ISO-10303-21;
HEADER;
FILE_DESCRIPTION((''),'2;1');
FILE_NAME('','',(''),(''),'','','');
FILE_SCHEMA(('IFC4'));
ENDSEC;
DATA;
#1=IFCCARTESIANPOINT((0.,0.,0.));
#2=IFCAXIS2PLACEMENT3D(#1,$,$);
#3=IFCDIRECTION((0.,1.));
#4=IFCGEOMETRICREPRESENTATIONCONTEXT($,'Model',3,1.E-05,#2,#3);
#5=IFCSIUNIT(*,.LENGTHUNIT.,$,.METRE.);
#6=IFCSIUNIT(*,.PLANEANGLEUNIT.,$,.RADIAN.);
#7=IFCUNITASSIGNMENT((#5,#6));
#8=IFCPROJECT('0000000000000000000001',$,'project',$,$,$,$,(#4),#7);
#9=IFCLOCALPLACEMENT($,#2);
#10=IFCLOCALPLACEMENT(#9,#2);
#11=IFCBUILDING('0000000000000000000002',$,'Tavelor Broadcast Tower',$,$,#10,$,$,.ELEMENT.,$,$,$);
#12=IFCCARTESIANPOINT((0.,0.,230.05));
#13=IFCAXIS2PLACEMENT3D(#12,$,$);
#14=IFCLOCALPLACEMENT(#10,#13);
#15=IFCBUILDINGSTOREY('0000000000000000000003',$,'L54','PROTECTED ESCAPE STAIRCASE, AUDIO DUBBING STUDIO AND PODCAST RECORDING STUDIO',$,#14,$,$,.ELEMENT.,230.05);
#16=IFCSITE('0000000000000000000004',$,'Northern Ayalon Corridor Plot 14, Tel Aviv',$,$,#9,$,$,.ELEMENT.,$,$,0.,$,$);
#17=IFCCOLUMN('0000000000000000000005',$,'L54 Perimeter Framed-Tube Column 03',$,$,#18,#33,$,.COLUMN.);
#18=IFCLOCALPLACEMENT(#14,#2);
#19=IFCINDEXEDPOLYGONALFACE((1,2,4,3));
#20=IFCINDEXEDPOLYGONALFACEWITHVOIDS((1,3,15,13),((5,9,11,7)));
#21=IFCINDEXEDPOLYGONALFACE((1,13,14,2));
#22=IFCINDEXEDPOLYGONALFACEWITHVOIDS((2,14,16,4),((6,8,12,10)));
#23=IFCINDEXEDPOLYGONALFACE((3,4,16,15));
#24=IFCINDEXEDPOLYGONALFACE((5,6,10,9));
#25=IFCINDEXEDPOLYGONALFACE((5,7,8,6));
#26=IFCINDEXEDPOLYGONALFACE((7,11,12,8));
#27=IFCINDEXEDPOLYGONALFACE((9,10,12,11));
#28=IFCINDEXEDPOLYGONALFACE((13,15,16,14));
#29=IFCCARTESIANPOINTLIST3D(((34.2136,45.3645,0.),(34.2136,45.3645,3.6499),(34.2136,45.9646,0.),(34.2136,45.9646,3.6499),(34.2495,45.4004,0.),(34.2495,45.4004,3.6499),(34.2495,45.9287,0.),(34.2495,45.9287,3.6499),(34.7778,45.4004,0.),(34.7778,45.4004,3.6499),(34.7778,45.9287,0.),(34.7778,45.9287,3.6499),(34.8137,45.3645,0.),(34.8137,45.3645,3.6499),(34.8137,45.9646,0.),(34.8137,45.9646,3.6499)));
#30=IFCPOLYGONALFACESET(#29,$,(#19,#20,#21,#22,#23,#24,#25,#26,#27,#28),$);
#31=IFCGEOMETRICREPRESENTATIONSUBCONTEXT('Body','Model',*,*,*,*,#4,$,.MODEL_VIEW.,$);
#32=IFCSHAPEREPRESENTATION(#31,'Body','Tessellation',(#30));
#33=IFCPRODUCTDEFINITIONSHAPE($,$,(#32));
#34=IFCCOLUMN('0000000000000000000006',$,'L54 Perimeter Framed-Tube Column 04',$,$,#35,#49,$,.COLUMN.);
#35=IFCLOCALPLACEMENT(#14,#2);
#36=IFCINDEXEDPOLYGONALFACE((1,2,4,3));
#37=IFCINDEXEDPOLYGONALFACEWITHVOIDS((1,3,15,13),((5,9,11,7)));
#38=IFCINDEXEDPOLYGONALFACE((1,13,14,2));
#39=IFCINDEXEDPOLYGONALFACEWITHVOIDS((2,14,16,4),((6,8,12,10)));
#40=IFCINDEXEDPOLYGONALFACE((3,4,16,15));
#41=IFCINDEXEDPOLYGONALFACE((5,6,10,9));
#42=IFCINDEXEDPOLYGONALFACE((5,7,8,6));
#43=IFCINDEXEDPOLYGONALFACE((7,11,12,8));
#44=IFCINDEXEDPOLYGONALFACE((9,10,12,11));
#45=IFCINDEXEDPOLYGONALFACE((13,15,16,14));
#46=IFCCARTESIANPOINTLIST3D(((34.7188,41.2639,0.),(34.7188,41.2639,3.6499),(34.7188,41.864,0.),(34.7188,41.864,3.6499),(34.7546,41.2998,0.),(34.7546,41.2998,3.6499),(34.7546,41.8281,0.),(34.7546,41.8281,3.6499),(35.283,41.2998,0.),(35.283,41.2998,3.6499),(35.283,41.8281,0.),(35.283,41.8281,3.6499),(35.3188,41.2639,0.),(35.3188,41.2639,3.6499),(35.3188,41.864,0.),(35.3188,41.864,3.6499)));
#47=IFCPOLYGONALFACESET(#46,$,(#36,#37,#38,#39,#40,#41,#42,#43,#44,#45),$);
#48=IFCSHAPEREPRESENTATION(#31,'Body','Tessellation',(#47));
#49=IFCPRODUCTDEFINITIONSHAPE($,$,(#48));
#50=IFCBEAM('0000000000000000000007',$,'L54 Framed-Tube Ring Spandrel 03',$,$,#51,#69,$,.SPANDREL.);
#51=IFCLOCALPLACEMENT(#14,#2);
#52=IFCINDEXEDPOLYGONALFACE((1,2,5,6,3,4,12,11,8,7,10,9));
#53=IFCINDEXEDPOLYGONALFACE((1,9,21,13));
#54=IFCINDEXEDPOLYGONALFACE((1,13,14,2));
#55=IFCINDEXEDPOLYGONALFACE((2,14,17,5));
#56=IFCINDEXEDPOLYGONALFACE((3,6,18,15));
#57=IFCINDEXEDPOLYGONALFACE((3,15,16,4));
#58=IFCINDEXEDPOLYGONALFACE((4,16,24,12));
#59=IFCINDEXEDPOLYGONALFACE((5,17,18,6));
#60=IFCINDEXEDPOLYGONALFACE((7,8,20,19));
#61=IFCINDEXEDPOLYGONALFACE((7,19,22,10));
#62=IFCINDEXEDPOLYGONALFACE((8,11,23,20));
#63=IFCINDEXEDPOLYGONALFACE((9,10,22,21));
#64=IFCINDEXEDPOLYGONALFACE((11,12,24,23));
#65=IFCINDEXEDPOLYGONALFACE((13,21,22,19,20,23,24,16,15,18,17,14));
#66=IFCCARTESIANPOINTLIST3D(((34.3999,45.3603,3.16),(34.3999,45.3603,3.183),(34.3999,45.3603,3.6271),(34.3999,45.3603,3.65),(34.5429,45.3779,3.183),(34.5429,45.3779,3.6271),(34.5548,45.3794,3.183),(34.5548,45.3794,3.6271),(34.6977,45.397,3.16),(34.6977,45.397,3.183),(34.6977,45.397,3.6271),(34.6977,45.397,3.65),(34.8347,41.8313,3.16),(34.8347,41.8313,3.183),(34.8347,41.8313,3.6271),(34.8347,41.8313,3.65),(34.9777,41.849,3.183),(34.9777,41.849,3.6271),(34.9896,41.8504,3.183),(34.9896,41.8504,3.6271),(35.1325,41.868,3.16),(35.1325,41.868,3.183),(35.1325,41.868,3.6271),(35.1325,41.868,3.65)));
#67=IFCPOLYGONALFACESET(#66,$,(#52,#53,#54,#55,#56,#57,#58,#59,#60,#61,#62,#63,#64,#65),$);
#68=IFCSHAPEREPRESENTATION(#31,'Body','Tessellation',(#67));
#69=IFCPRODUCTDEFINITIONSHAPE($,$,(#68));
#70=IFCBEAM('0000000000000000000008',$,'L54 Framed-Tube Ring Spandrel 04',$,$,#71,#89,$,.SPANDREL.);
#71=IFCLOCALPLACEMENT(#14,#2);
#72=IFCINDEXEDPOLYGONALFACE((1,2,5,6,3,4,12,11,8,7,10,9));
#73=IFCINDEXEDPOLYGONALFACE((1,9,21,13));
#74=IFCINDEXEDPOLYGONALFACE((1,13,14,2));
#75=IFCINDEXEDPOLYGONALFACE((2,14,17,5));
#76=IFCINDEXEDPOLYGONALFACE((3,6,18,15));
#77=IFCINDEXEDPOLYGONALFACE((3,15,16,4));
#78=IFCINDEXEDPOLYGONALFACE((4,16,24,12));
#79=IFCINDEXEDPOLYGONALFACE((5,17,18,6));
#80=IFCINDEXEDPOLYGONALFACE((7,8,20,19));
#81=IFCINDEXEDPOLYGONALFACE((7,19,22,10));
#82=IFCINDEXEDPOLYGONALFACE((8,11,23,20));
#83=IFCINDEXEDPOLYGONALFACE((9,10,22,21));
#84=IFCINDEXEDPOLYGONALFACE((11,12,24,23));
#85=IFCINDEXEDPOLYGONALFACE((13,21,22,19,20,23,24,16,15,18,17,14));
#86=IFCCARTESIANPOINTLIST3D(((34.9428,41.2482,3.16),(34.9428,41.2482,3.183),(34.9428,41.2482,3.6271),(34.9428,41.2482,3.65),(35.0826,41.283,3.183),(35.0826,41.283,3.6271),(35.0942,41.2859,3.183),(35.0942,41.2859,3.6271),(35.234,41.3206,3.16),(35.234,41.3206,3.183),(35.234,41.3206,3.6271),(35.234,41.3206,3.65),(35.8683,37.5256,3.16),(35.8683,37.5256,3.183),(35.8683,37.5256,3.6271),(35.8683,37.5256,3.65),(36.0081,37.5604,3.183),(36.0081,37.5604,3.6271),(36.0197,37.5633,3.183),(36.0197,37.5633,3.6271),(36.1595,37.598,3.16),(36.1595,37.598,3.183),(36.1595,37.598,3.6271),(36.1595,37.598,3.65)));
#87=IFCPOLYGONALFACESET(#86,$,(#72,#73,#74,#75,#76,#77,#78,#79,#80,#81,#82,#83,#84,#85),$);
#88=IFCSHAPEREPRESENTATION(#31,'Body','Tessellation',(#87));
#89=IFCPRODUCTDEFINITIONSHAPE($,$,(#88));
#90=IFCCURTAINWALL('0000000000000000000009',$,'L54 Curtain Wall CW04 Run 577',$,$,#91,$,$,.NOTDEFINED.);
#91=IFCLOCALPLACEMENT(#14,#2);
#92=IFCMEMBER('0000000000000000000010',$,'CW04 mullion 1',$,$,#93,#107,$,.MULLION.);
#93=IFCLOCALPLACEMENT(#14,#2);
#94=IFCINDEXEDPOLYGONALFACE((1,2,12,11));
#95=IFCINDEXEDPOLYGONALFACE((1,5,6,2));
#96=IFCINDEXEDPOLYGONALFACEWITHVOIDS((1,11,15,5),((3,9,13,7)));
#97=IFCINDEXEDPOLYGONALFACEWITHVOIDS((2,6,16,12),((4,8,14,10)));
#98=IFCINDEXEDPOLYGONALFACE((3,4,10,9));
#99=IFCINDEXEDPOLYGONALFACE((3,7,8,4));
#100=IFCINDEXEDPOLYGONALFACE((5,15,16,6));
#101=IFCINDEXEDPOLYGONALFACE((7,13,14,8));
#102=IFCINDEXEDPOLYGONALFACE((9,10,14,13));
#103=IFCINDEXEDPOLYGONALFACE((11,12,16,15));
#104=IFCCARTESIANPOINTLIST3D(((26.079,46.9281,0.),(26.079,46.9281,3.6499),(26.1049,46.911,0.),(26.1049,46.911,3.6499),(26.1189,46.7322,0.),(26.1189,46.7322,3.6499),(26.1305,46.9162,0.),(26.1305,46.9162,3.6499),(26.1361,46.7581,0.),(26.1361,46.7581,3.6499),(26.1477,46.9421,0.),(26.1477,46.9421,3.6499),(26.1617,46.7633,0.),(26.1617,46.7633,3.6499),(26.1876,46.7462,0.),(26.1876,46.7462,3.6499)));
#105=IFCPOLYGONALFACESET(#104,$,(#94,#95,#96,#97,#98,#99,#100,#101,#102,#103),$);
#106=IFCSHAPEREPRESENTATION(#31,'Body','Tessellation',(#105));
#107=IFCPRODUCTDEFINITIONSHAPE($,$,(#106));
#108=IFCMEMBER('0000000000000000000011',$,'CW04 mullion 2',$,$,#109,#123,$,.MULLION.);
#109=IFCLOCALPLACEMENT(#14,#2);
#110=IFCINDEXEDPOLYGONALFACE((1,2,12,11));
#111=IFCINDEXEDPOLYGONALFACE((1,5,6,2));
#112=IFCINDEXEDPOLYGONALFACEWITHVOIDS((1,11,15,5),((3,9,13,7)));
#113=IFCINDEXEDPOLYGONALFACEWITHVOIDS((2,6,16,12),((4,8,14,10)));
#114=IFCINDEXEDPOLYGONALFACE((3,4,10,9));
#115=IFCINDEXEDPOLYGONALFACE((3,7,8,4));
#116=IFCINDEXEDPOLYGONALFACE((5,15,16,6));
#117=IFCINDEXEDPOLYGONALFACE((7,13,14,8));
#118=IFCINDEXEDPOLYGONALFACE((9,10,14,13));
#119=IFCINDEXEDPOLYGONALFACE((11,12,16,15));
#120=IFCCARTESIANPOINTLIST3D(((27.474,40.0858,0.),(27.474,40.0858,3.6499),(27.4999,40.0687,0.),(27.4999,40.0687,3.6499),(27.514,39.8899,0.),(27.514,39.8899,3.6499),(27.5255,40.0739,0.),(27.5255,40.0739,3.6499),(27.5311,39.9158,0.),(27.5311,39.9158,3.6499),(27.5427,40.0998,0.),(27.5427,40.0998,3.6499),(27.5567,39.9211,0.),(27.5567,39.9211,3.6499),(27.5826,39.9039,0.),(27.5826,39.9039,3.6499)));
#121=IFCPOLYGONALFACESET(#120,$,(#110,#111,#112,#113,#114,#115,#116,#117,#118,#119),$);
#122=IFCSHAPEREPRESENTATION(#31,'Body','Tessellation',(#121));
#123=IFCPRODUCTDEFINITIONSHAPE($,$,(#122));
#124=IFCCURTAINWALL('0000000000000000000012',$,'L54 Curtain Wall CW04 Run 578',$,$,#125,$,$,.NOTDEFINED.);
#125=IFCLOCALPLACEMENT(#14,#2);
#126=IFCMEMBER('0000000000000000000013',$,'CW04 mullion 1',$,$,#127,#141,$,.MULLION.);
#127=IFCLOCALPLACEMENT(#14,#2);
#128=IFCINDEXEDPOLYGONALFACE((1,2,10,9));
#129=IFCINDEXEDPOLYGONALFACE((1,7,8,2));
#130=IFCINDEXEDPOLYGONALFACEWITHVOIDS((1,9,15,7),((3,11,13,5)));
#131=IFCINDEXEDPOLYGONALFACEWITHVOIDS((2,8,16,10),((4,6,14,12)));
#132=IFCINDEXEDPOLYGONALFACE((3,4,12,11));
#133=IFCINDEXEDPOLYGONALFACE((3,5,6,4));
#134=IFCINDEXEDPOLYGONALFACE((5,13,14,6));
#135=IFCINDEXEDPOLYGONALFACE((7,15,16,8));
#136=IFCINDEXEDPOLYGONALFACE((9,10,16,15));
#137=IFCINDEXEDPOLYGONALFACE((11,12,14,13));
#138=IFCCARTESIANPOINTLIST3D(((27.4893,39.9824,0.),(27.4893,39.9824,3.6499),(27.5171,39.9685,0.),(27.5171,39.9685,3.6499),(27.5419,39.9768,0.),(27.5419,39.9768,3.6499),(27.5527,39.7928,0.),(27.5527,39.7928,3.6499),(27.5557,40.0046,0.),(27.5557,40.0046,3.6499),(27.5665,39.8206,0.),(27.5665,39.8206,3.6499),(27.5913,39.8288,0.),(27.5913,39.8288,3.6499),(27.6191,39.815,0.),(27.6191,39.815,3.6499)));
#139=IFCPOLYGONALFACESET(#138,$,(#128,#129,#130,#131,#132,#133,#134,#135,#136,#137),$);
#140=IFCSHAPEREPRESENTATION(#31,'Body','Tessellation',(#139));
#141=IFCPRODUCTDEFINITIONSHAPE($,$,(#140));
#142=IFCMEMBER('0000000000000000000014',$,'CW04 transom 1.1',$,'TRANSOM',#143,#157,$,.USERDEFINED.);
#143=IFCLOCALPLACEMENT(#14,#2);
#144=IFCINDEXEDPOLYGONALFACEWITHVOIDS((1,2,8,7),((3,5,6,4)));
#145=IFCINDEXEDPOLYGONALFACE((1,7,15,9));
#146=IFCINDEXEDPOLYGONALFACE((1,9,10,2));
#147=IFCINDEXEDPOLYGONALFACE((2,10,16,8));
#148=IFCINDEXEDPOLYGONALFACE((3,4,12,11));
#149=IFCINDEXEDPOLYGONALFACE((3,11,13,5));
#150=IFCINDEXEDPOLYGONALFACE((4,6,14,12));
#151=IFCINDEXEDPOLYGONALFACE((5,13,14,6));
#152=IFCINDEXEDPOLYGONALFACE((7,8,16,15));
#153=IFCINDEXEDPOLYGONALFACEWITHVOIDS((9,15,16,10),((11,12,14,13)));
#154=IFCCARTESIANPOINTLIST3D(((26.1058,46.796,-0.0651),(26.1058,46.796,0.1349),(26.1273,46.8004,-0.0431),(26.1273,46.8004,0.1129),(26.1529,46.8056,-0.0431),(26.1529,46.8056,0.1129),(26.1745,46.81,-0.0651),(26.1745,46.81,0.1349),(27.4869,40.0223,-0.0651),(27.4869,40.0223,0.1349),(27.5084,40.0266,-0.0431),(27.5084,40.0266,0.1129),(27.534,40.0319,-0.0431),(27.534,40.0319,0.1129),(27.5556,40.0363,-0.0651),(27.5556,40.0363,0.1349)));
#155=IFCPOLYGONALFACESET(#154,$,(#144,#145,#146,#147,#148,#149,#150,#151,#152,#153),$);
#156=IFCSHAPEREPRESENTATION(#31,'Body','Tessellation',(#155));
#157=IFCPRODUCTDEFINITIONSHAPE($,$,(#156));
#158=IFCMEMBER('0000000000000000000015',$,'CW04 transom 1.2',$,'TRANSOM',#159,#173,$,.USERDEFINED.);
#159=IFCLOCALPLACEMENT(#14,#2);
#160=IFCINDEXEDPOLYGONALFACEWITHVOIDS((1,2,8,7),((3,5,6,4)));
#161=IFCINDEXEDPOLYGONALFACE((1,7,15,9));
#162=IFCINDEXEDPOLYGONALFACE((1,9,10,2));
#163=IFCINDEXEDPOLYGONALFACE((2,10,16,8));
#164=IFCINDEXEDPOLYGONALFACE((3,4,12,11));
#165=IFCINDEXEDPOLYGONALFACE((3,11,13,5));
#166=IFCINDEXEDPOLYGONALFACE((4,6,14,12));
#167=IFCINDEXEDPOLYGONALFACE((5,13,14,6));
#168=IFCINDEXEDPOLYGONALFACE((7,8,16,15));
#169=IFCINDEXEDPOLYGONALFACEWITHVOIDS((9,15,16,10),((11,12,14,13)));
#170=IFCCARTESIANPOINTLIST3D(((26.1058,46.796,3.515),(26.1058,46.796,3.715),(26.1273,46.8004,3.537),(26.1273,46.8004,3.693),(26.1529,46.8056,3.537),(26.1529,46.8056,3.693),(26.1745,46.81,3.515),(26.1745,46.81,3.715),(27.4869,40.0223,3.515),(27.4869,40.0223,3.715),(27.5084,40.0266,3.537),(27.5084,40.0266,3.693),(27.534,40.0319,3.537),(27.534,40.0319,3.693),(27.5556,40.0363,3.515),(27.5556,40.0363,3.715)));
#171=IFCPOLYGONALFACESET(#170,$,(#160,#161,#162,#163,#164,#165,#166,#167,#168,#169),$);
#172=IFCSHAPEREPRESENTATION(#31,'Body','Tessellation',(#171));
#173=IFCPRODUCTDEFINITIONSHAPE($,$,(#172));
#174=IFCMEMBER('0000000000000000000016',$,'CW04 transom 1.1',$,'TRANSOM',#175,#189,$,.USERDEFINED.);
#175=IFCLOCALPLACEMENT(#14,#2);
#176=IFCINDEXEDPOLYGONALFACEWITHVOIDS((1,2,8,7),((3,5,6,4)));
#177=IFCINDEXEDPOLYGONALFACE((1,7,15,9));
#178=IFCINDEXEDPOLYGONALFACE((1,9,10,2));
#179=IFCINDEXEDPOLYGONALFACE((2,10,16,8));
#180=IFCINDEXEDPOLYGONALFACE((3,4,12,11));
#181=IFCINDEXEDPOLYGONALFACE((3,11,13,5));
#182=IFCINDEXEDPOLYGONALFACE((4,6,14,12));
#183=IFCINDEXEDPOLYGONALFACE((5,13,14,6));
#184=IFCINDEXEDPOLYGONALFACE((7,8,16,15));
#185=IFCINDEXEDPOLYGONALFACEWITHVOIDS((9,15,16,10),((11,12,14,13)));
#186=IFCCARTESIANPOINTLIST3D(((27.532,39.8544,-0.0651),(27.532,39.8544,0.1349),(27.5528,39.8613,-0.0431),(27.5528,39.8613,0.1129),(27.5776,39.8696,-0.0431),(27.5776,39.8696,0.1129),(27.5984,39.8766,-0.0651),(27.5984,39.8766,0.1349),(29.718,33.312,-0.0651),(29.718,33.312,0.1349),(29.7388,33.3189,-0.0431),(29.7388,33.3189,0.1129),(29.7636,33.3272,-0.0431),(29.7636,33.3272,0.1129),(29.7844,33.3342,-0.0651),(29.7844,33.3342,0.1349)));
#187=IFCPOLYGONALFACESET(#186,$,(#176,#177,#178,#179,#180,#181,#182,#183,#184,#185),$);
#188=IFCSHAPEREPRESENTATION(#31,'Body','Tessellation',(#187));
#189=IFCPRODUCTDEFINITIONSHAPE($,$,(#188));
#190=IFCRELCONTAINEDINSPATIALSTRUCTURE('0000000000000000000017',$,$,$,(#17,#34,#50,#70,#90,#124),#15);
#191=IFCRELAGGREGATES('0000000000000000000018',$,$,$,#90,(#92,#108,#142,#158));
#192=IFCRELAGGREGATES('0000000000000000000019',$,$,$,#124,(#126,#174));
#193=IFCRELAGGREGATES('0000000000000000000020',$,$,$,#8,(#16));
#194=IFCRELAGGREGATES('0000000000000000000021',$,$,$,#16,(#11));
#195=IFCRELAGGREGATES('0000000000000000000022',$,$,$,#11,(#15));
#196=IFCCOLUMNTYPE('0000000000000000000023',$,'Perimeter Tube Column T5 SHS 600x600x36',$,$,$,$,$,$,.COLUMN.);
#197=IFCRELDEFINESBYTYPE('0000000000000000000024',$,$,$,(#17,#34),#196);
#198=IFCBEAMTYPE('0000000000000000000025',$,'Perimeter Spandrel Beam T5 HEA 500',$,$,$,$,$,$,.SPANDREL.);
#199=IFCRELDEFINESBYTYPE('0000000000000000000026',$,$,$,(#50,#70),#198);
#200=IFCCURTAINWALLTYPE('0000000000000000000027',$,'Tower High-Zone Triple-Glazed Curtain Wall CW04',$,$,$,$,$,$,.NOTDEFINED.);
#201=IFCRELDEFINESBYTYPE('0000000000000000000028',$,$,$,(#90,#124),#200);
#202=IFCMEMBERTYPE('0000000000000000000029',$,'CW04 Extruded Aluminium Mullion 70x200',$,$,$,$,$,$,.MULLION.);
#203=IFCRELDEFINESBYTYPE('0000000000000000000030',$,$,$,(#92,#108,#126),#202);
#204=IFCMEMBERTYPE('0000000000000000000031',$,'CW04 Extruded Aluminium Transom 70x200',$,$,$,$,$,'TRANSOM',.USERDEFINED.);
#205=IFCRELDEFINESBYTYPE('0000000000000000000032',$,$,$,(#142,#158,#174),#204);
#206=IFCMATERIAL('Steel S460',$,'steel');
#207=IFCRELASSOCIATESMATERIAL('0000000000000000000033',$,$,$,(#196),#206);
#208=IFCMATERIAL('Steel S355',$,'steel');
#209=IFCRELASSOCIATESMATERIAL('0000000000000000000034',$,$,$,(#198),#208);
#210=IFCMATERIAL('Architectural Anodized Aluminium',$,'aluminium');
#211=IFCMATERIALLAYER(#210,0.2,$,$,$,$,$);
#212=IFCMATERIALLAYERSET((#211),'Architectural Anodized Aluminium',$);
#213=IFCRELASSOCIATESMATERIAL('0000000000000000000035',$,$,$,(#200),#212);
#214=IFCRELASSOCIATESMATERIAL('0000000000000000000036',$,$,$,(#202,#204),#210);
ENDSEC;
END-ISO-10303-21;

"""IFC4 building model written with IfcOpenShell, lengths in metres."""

from ifc_helpers import new_model, si_unit, direction, frame, origin, origin_2d, place, context, subcontext, project, spatial, hollow_rectangle, i_section, extrude, source, transform, mapped, material, layer, layer_set, material_profile, profile_set, type_object, type_shapes, element, aggregate, save


model = new_model("IFC4")

# Units and contexts
model_context = context("Model", 3, precision=1e-05, world=origin(), true_north=direction((0.0, 1.0)))
body_context = subcontext(model_context, "Body", "Model", "MODEL_VIEW")
ifc_project = project(units=[si_unit("LENGTHUNIT", "METRE"), si_unit("PLANEANGLEUNIT", "RADIAN")], contexts=[model_context])

# Site, building, storey
site_placement = place(None, origin())
site = spatial("IfcSite", under=ifc_project, at=site_placement, Name="Northern Ayalon Corridor Plot 14, Tel Aviv", CompositionType="ELEMENT", RefElevation=0.0)
building_placement = place(site_placement, origin())
building = spatial("IfcBuilding", under=site, at=building_placement, Name="Tavelor Broadcast Tower", CompositionType="ELEMENT")
storey_placement = place(building_placement, frame((0.0, 0.0, 230.05)))
storey = spatial("IfcBuildingStorey", under=building, at=storey_placement, Name="L54", Description="PROTECTED ESCAPE STAIRCASE, AUDIO DUBBING STUDIO AND PODCAST RECORDING STUDIO", CompositionType="ELEMENT", Elevation=230.05)

# Columns
ifc_material_1 = material(Name="Steel S460", Category="steel")
ifc_material_profile_1 = material_profile(ifc_material_1, hollow_rectangle(XDim=0.6001, YDim=0.6001, WallThickness=0.0359, at=origin_2d()), Name="SHS 600x600x36")
ifc_profile_set_1 = profile_set([ifc_material_profile_1], Name="Steel S460")
column_type = type_object("IfcColumnType", Name="Perimeter Tube Column T5 SHS 600x600x36", PredefinedType="COLUMN", material=ifc_profile_set_1)
for number, where, z_axis, x_axis, name in (
    (1, (34.5137, 45.6646, 0.0), (0.0, 0.0, 1.0), (1.0, 0.0, 0.0), "L54 Perimeter Framed-Tube Column 03"),
    (2, (35.0188, 41.564, 0.0), (0.0, 0.0, 1.0), (1.0, 0.0, 0.0), "L54 Perimeter Framed-Tube Column 04"),
):
    element("IfcColumn", number, at=place(storey_placement, frame(where, z_axis=z_axis, x_axis=x_axis)), inside=storey, type_object=column_type, Name=name, PredefinedType="COLUMN", context=body_context, shape_type="SweptSolid", body=[
        extrude(hollow_rectangle(XDim=0.6001, YDim=0.6001, WallThickness=0.0359, at=origin_2d()), origin(), (0.0, 0.0, 1.0), 3.6499),
    ])

# Beams
ifc_material_2 = material(Name="Steel S355", Category="steel")
ifc_material_profile_2 = material_profile(ifc_material_2, i_section(OverallWidth=0.3, OverallDepth=0.49, WebThickness=0.012, FlangeThickness=0.0229, at=origin_2d()), Name="HEA 500")
ifc_profile_set_2 = profile_set([ifc_material_profile_2], Name="Steel S355")
beam_type = type_object("IfcBeamType", Name="Perimeter Spandrel Beam T5 HEA 500", PredefinedType="SPANDREL", material=ifc_profile_set_2)
beam_1_placement = place(storey_placement, frame((34.5488, 45.3787, 3.405), z_axis=(0.122285, -0.992495, 0.0), x_axis=(0.992495, 0.122285, 0.0)))
element("IfcBeam", 3, at=beam_1_placement, inside=storey, type_object=beam_type, Name="L54 Framed-Tube Ring Spandrel 03", PredefinedType="SPANDREL", context=body_context, shape_type="SweptSolid", body=[
    extrude(i_section(OverallWidth=0.3, OverallDepth=0.49, WebThickness=0.012, FlangeThickness=0.0229, at=origin_2d()), origin(), (0.0, 0.0, 1.0), 3.5557),
])
beam_2_placement = place(storey_placement, frame((35.0884, 41.2844, 3.405), z_axis=(0.241278, -0.970456, 0.0), x_axis=(0.970456, 0.241278, 0.0)))
element("IfcBeam", 4, at=beam_2_placement, inside=storey, type_object=beam_type, Name="L54 Framed-Tube Ring Spandrel 04", PredefinedType="SPANDREL", context=body_context, shape_type="SweptSolid", body=[
    extrude(i_section(OverallWidth=0.3, OverallDepth=0.49, WebThickness=0.012, FlangeThickness=0.0229, at=origin_2d()), origin(), (0.0, 0.0, 1.0), 3.8359),
])

# Curtain wall, members
ifc_material_3 = material(Name="Architectural Anodized Aluminium", Category="aluminium")
ifc_layer_1 = layer(ifc_material_3, 0.2)
ifc_layer_set_1 = layer_set([ifc_layer_1], Name="Architectural Anodized Aluminium")
curtain_wall_type = type_object("IfcCurtainWallType", Name="Tower High-Zone Triple-Glazed Curtain Wall CW04", PredefinedType="NOTDEFINED", material=ifc_layer_set_1)
curtain_wall_1_placement = place(storey_placement, origin())
curtain_wall_1 = element("IfcCurtainWall", 5, at=curtain_wall_1_placement, inside=storey, type_object=curtain_wall_type, Name="L54 Curtain Wall CW04 Run 577", PredefinedType="NOTDEFINED")
ifc_material_profile_3 = material_profile(ifc_material_3, hollow_rectangle(XDim=0.0701, YDim=0.2, WallThickness=0.022, at=origin_2d()), Name="RHS 70x200x22")
ifc_profile_set_3 = profile_set([ifc_material_profile_3], Name="Architectural Anodized Aluminium")
member_type_1 = type_object("IfcMemberType", Name="CW04 Extruded Aluminium Mullion 70x200", PredefinedType="MULLION", material=ifc_profile_set_3)
shared_shape_1 = source(origin(), body_context, "Body", "SweptSolid", [
    extrude(hollow_rectangle(XDim=0.0701, YDim=0.2, WallThickness=0.022, at=origin_2d()), origin(), (0.0, 0.0, 1.0), 3.6499),
])
type_shapes(member_type_1, [shared_shape_1])
member_1_placement = place(storey_placement, frame((26.1333, 46.8372, 0.0), z_axis=(0.0, 0.0, 1.0), x_axis=(0.979839, 0.199788, 0.0)))
member_1 = element("IfcMember", 6, at=member_1_placement, type_object=member_type_1, Name="CW04 mullion 1", PredefinedType="MULLION", context=body_context, shape_type="MappedRepresentation", body=[
    mapped(shared_shape_1, transform((0.0, 0.0, 0.0), scale=1.0)),
])
member_2_placement = place(storey_placement, frame((27.5283, 39.9949, 0.0), z_axis=(0.0, 0.0, 1.0), x_axis=(0.979839, 0.199788, 0.0)))
member_2 = element("IfcMember", 7, at=member_2_placement, type_object=member_type_1, Name="CW04 mullion 2", PredefinedType="MULLION", context=body_context, shape_type="MappedRepresentation", body=[
    mapped(shared_shape_1, transform((0.0, 0.0, 0.0), scale=1.0)),
])

# Curtain wall, member
curtain_wall_2_placement = place(storey_placement, origin())
curtain_wall_2 = element("IfcCurtainWall", 8, at=curtain_wall_2_placement, inside=storey, type_object=curtain_wall_type, Name="L54 Curtain Wall CW04 Run 578", PredefinedType="NOTDEFINED")
member_3_placement = place(storey_placement, frame((27.5542, 39.8987, 0.0), z_axis=(0.0, 0.0, 1.0), x_axis=(0.94846, 0.316897, 0.0)))
member_3 = element("IfcMember", 9, at=member_3_placement, type_object=member_type_1, Name="CW04 mullion 1", PredefinedType="MULLION", context=body_context, shape_type="MappedRepresentation", body=[
    mapped(shared_shape_1, transform((0.0, 0.0, 0.0), scale=1.0)),
])

# Members
ifc_material_profile_4 = material_profile(ifc_material_3, hollow_rectangle(XDim=0.0701, YDim=0.2, WallThickness=0.022, at=origin_2d()), Name="RHS 70x200x22")
ifc_profile_set_4 = profile_set([ifc_material_profile_4], Name="Architectural Anodized Aluminium")
member_type_2 = type_object("IfcMemberType", Name="CW04 Extruded Aluminium Transom 70x200", ElementType="TRANSOM", PredefinedType="USERDEFINED", material=ifc_profile_set_4)
shared_shape_2 = source(origin(), body_context, "Body", "SweptSolid", [
    extrude(hollow_rectangle(XDim=0.0701, YDim=0.2, WallThickness=0.022, at=origin_2d()), origin(), (0.0, 0.0, 1.0), 6.9131),
])
member_4_placement = place(storey_placement, frame((26.1401, 46.803, 0.0349), z_axis=(0.199782, -0.97984, 0.0), x_axis=(0.97984, 0.199782, 0.0)))
member_4 = element("IfcMember", 10, at=member_4_placement, type_object=member_type_2, Name="CW04 transom 1.1", ObjectType="TRANSOM", PredefinedType="USERDEFINED", context=body_context, shape_type="MappedRepresentation", body=[
    mapped(shared_shape_2, transform((0.0, 0.0, 0.0), scale=1.0)),
])
member_5_placement = place(storey_placement, frame((26.1401, 46.803, 3.615), z_axis=(0.199782, -0.97984, 0.0), x_axis=(0.97984, 0.199782, 0.0)))
member_5 = element("IfcMember", 11, at=member_5_placement, type_object=member_type_2, Name="CW04 transom 1.2", ObjectType="TRANSOM", PredefinedType="USERDEFINED", context=body_context, shape_type="MappedRepresentation", body=[
    mapped(shared_shape_2, transform((0.0, 0.0, 0.0), scale=1.0)),
])
shared_shape_3 = source(origin(), body_context, "Body", "SweptSolid", [
    extrude(hollow_rectangle(XDim=0.0701, YDim=0.2, WallThickness=0.022, at=origin_2d()), origin(), (0.0, 0.0, 1.0), 6.8979),
])
type_shapes(member_type_2, [shared_shape_2, shared_shape_3])
member_6_placement = place(storey_placement, frame((27.5652, 39.8655, 0.0349), z_axis=(0.316907, -0.948457, 0.0), x_axis=(0.948457, 0.316907, 0.0)))
member_6 = element("IfcMember", 12, at=member_6_placement, type_object=member_type_2, Name="CW04 transom 1.1", ObjectType="TRANSOM", PredefinedType="USERDEFINED", context=body_context, shape_type="MappedRepresentation", body=[
    mapped(shared_shape_3, transform((0.0, 0.0, 0.0), scale=1.0)),
])

aggregate(curtain_wall_1, [member_1, member_2, member_4, member_5])
aggregate(curtain_wall_2, [member_3, member_6])

save(model, "model.ifc")
